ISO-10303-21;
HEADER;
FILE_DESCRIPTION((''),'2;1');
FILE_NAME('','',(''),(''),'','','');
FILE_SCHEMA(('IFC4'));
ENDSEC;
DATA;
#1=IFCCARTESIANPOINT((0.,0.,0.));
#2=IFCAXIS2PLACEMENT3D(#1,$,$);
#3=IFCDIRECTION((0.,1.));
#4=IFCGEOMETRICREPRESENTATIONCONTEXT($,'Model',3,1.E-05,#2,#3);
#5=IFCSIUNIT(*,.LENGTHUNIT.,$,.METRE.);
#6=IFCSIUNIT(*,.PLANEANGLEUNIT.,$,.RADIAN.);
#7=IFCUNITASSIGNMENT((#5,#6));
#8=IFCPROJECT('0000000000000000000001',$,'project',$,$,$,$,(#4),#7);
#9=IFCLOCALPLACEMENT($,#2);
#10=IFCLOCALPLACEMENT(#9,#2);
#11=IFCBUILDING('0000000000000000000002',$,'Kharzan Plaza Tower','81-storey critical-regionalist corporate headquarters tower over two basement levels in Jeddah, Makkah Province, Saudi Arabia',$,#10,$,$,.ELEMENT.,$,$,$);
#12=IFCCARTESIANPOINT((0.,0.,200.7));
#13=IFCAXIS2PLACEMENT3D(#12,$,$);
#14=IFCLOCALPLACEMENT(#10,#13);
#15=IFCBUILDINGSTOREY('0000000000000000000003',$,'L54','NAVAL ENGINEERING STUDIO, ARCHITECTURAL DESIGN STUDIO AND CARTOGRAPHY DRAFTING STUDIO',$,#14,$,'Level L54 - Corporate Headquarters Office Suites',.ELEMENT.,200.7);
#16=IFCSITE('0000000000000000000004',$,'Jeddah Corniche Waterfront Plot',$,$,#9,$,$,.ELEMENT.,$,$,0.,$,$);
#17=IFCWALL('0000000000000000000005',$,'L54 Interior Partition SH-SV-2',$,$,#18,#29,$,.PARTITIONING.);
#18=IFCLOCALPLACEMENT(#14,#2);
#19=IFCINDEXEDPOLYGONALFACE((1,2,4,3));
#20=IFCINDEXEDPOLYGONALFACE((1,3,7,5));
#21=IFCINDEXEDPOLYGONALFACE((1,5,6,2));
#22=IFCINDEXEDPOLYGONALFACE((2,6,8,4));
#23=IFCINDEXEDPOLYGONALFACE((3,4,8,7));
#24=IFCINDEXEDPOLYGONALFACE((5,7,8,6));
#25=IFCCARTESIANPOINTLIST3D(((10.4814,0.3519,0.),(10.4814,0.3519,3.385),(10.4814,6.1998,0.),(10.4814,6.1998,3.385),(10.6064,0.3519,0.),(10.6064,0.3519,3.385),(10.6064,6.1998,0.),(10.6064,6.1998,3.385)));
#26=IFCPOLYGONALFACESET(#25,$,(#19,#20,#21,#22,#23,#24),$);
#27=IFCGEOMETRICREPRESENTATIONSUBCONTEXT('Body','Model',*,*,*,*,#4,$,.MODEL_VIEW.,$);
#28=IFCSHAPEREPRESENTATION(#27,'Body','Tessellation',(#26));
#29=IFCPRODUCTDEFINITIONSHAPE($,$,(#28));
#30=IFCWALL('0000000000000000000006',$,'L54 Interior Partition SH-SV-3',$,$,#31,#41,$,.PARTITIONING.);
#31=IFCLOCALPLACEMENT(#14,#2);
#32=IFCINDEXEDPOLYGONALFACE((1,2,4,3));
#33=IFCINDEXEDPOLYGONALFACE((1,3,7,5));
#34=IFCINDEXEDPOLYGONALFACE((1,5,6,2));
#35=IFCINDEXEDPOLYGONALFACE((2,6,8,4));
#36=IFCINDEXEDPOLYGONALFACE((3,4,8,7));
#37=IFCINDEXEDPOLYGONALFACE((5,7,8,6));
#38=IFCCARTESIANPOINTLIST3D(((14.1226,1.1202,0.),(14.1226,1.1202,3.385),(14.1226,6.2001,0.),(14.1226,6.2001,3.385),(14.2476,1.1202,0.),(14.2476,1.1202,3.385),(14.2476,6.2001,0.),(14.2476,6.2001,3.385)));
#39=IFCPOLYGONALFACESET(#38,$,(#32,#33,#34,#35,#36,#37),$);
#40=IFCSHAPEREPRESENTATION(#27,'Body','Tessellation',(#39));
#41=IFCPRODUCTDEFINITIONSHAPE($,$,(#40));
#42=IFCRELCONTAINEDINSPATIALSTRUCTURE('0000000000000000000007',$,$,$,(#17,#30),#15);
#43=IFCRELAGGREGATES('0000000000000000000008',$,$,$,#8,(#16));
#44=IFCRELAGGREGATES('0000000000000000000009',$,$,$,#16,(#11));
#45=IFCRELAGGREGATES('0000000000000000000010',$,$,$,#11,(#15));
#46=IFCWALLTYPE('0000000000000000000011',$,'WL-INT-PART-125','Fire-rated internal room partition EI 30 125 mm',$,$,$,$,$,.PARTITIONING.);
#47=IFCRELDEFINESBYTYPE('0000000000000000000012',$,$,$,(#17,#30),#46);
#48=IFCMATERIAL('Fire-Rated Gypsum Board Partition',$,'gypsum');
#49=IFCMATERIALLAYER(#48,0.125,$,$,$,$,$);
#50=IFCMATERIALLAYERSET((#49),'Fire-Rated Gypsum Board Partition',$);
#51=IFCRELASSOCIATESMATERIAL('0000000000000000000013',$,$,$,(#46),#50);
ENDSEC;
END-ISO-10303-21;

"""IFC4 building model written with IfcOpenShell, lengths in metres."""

from ifc_helpers import new_model, si_unit, direction, frame, frame_2d, origin, place, context, subcontext, project, spatial, rectangle, extrude, source, transform, mapped, material, layer, layer_set, type_object, element, save


model = new_model("IFC4")

# Units and contexts
model_context = context("Model", 3, precision=1e-05, world=origin(), true_north=direction((0.0, 1.0)))
body_context = subcontext(model_context, "Body", "Model", "MODEL_VIEW")
ifc_project = project(units=[si_unit("LENGTHUNIT", "METRE"), si_unit("PLANEANGLEUNIT", "RADIAN")], contexts=[model_context])

# Site, building, storey
site_placement = place(None, origin())
site = spatial("IfcSite", under=ifc_project, at=site_placement, Name="Jeddah Corniche Waterfront Plot", CompositionType="ELEMENT", RefElevation=0.0)
building_placement = place(site_placement, origin())
building = spatial("IfcBuilding", under=site, at=building_placement, Name="Kharzan Plaza Tower", Description="81-storey critical-regionalist corporate headquarters tower over two basement levels in Jeddah, Makkah Province, Saudi Arabia", CompositionType="ELEMENT")
storey_placement = place(building_placement, frame((0.0, 0.0, 200.7)))
storey = spatial("IfcBuildingStorey", under=building, at=storey_placement, Name="L54", Description="NAVAL ENGINEERING STUDIO, ARCHITECTURAL DESIGN STUDIO AND CARTOGRAPHY DRAFTING STUDIO", LongName="Level L54 - Corporate Headquarters Office Suites", CompositionType="ELEMENT", Elevation=200.7)

# Shared definitions
ifc_material_1 = material(Name="Fire-Rated Gypsum Board Partition", Category="gypsum")
ifc_layer_1 = layer(ifc_material_1, 0.125)
ifc_layer_set_1 = layer_set([ifc_layer_1], Name="Fire-Rated Gypsum Board Partition")
wall_type_1 = type_object("IfcWallType", Name="WL-INT-PART-125", Description="Fire-rated internal room partition EI 30 125 mm", PredefinedType="PARTITIONING", material=ifc_layer_set_1)

# Walls
shared_shape_1 = source(origin(), body_context, "Body", "SweptSolid", [
    extrude(rectangle(XDim=5.8479, YDim=0.125, at=frame_2d((2.9238, 0.0))), origin(), (0.0, 0.0, 1.0), 3.385),
])
for number, where, z_axis, x_axis, name in (
    (1, (10.5439, 0.3521, 0.0), (0.0, 0.0, 1.0), (0.0, 1.0, 0.0), "L54 Interior Partition SH-SV-2"),
):
    element("IfcWall", number, at=place(storey_placement, frame(where, z_axis=z_axis, x_axis=x_axis)), inside=storey, type_object=wall_type_1, Name=name, PredefinedType="PARTITIONING", context=body_context, shape_type="MappedRepresentation", body=[
        mapped(shared_shape_1, transform((0.0, 0.0, 0.0), x_axis=(1.0, 0.0, 0.0), y_axis=(0.0, 1.0, 0.0), z_axis=(0.0, 0.0, 1.0))),
    ])
shared_shape_2 = source(origin(), body_context, "Body", "SweptSolid", [
    extrude(rectangle(XDim=5.0798, YDim=0.125, at=frame_2d((2.54, 0.0))), origin(), (0.0, 0.0, 1.0), 3.385),
])
wall_1_placement = place(storey_placement, frame((14.1851, 1.1201, 0.0), z_axis=(0.0, 0.0, 1.0), x_axis=(0.0, 1.0, 0.0)))
element("IfcWall", 2, at=wall_1_placement, inside=storey, type_object=wall_type_1, Name="L54 Interior Partition SH-SV-3", PredefinedType="PARTITIONING", context=body_context, shape_type="MappedRepresentation", body=[
    mapped(shared_shape_2, transform((0.0, 0.0, 0.0), x_axis=(1.0, 0.0, 0.0), y_axis=(0.0, 1.0, 0.0), z_axis=(0.0, 0.0, 1.0))),
])

save(model, "model.ifc")
